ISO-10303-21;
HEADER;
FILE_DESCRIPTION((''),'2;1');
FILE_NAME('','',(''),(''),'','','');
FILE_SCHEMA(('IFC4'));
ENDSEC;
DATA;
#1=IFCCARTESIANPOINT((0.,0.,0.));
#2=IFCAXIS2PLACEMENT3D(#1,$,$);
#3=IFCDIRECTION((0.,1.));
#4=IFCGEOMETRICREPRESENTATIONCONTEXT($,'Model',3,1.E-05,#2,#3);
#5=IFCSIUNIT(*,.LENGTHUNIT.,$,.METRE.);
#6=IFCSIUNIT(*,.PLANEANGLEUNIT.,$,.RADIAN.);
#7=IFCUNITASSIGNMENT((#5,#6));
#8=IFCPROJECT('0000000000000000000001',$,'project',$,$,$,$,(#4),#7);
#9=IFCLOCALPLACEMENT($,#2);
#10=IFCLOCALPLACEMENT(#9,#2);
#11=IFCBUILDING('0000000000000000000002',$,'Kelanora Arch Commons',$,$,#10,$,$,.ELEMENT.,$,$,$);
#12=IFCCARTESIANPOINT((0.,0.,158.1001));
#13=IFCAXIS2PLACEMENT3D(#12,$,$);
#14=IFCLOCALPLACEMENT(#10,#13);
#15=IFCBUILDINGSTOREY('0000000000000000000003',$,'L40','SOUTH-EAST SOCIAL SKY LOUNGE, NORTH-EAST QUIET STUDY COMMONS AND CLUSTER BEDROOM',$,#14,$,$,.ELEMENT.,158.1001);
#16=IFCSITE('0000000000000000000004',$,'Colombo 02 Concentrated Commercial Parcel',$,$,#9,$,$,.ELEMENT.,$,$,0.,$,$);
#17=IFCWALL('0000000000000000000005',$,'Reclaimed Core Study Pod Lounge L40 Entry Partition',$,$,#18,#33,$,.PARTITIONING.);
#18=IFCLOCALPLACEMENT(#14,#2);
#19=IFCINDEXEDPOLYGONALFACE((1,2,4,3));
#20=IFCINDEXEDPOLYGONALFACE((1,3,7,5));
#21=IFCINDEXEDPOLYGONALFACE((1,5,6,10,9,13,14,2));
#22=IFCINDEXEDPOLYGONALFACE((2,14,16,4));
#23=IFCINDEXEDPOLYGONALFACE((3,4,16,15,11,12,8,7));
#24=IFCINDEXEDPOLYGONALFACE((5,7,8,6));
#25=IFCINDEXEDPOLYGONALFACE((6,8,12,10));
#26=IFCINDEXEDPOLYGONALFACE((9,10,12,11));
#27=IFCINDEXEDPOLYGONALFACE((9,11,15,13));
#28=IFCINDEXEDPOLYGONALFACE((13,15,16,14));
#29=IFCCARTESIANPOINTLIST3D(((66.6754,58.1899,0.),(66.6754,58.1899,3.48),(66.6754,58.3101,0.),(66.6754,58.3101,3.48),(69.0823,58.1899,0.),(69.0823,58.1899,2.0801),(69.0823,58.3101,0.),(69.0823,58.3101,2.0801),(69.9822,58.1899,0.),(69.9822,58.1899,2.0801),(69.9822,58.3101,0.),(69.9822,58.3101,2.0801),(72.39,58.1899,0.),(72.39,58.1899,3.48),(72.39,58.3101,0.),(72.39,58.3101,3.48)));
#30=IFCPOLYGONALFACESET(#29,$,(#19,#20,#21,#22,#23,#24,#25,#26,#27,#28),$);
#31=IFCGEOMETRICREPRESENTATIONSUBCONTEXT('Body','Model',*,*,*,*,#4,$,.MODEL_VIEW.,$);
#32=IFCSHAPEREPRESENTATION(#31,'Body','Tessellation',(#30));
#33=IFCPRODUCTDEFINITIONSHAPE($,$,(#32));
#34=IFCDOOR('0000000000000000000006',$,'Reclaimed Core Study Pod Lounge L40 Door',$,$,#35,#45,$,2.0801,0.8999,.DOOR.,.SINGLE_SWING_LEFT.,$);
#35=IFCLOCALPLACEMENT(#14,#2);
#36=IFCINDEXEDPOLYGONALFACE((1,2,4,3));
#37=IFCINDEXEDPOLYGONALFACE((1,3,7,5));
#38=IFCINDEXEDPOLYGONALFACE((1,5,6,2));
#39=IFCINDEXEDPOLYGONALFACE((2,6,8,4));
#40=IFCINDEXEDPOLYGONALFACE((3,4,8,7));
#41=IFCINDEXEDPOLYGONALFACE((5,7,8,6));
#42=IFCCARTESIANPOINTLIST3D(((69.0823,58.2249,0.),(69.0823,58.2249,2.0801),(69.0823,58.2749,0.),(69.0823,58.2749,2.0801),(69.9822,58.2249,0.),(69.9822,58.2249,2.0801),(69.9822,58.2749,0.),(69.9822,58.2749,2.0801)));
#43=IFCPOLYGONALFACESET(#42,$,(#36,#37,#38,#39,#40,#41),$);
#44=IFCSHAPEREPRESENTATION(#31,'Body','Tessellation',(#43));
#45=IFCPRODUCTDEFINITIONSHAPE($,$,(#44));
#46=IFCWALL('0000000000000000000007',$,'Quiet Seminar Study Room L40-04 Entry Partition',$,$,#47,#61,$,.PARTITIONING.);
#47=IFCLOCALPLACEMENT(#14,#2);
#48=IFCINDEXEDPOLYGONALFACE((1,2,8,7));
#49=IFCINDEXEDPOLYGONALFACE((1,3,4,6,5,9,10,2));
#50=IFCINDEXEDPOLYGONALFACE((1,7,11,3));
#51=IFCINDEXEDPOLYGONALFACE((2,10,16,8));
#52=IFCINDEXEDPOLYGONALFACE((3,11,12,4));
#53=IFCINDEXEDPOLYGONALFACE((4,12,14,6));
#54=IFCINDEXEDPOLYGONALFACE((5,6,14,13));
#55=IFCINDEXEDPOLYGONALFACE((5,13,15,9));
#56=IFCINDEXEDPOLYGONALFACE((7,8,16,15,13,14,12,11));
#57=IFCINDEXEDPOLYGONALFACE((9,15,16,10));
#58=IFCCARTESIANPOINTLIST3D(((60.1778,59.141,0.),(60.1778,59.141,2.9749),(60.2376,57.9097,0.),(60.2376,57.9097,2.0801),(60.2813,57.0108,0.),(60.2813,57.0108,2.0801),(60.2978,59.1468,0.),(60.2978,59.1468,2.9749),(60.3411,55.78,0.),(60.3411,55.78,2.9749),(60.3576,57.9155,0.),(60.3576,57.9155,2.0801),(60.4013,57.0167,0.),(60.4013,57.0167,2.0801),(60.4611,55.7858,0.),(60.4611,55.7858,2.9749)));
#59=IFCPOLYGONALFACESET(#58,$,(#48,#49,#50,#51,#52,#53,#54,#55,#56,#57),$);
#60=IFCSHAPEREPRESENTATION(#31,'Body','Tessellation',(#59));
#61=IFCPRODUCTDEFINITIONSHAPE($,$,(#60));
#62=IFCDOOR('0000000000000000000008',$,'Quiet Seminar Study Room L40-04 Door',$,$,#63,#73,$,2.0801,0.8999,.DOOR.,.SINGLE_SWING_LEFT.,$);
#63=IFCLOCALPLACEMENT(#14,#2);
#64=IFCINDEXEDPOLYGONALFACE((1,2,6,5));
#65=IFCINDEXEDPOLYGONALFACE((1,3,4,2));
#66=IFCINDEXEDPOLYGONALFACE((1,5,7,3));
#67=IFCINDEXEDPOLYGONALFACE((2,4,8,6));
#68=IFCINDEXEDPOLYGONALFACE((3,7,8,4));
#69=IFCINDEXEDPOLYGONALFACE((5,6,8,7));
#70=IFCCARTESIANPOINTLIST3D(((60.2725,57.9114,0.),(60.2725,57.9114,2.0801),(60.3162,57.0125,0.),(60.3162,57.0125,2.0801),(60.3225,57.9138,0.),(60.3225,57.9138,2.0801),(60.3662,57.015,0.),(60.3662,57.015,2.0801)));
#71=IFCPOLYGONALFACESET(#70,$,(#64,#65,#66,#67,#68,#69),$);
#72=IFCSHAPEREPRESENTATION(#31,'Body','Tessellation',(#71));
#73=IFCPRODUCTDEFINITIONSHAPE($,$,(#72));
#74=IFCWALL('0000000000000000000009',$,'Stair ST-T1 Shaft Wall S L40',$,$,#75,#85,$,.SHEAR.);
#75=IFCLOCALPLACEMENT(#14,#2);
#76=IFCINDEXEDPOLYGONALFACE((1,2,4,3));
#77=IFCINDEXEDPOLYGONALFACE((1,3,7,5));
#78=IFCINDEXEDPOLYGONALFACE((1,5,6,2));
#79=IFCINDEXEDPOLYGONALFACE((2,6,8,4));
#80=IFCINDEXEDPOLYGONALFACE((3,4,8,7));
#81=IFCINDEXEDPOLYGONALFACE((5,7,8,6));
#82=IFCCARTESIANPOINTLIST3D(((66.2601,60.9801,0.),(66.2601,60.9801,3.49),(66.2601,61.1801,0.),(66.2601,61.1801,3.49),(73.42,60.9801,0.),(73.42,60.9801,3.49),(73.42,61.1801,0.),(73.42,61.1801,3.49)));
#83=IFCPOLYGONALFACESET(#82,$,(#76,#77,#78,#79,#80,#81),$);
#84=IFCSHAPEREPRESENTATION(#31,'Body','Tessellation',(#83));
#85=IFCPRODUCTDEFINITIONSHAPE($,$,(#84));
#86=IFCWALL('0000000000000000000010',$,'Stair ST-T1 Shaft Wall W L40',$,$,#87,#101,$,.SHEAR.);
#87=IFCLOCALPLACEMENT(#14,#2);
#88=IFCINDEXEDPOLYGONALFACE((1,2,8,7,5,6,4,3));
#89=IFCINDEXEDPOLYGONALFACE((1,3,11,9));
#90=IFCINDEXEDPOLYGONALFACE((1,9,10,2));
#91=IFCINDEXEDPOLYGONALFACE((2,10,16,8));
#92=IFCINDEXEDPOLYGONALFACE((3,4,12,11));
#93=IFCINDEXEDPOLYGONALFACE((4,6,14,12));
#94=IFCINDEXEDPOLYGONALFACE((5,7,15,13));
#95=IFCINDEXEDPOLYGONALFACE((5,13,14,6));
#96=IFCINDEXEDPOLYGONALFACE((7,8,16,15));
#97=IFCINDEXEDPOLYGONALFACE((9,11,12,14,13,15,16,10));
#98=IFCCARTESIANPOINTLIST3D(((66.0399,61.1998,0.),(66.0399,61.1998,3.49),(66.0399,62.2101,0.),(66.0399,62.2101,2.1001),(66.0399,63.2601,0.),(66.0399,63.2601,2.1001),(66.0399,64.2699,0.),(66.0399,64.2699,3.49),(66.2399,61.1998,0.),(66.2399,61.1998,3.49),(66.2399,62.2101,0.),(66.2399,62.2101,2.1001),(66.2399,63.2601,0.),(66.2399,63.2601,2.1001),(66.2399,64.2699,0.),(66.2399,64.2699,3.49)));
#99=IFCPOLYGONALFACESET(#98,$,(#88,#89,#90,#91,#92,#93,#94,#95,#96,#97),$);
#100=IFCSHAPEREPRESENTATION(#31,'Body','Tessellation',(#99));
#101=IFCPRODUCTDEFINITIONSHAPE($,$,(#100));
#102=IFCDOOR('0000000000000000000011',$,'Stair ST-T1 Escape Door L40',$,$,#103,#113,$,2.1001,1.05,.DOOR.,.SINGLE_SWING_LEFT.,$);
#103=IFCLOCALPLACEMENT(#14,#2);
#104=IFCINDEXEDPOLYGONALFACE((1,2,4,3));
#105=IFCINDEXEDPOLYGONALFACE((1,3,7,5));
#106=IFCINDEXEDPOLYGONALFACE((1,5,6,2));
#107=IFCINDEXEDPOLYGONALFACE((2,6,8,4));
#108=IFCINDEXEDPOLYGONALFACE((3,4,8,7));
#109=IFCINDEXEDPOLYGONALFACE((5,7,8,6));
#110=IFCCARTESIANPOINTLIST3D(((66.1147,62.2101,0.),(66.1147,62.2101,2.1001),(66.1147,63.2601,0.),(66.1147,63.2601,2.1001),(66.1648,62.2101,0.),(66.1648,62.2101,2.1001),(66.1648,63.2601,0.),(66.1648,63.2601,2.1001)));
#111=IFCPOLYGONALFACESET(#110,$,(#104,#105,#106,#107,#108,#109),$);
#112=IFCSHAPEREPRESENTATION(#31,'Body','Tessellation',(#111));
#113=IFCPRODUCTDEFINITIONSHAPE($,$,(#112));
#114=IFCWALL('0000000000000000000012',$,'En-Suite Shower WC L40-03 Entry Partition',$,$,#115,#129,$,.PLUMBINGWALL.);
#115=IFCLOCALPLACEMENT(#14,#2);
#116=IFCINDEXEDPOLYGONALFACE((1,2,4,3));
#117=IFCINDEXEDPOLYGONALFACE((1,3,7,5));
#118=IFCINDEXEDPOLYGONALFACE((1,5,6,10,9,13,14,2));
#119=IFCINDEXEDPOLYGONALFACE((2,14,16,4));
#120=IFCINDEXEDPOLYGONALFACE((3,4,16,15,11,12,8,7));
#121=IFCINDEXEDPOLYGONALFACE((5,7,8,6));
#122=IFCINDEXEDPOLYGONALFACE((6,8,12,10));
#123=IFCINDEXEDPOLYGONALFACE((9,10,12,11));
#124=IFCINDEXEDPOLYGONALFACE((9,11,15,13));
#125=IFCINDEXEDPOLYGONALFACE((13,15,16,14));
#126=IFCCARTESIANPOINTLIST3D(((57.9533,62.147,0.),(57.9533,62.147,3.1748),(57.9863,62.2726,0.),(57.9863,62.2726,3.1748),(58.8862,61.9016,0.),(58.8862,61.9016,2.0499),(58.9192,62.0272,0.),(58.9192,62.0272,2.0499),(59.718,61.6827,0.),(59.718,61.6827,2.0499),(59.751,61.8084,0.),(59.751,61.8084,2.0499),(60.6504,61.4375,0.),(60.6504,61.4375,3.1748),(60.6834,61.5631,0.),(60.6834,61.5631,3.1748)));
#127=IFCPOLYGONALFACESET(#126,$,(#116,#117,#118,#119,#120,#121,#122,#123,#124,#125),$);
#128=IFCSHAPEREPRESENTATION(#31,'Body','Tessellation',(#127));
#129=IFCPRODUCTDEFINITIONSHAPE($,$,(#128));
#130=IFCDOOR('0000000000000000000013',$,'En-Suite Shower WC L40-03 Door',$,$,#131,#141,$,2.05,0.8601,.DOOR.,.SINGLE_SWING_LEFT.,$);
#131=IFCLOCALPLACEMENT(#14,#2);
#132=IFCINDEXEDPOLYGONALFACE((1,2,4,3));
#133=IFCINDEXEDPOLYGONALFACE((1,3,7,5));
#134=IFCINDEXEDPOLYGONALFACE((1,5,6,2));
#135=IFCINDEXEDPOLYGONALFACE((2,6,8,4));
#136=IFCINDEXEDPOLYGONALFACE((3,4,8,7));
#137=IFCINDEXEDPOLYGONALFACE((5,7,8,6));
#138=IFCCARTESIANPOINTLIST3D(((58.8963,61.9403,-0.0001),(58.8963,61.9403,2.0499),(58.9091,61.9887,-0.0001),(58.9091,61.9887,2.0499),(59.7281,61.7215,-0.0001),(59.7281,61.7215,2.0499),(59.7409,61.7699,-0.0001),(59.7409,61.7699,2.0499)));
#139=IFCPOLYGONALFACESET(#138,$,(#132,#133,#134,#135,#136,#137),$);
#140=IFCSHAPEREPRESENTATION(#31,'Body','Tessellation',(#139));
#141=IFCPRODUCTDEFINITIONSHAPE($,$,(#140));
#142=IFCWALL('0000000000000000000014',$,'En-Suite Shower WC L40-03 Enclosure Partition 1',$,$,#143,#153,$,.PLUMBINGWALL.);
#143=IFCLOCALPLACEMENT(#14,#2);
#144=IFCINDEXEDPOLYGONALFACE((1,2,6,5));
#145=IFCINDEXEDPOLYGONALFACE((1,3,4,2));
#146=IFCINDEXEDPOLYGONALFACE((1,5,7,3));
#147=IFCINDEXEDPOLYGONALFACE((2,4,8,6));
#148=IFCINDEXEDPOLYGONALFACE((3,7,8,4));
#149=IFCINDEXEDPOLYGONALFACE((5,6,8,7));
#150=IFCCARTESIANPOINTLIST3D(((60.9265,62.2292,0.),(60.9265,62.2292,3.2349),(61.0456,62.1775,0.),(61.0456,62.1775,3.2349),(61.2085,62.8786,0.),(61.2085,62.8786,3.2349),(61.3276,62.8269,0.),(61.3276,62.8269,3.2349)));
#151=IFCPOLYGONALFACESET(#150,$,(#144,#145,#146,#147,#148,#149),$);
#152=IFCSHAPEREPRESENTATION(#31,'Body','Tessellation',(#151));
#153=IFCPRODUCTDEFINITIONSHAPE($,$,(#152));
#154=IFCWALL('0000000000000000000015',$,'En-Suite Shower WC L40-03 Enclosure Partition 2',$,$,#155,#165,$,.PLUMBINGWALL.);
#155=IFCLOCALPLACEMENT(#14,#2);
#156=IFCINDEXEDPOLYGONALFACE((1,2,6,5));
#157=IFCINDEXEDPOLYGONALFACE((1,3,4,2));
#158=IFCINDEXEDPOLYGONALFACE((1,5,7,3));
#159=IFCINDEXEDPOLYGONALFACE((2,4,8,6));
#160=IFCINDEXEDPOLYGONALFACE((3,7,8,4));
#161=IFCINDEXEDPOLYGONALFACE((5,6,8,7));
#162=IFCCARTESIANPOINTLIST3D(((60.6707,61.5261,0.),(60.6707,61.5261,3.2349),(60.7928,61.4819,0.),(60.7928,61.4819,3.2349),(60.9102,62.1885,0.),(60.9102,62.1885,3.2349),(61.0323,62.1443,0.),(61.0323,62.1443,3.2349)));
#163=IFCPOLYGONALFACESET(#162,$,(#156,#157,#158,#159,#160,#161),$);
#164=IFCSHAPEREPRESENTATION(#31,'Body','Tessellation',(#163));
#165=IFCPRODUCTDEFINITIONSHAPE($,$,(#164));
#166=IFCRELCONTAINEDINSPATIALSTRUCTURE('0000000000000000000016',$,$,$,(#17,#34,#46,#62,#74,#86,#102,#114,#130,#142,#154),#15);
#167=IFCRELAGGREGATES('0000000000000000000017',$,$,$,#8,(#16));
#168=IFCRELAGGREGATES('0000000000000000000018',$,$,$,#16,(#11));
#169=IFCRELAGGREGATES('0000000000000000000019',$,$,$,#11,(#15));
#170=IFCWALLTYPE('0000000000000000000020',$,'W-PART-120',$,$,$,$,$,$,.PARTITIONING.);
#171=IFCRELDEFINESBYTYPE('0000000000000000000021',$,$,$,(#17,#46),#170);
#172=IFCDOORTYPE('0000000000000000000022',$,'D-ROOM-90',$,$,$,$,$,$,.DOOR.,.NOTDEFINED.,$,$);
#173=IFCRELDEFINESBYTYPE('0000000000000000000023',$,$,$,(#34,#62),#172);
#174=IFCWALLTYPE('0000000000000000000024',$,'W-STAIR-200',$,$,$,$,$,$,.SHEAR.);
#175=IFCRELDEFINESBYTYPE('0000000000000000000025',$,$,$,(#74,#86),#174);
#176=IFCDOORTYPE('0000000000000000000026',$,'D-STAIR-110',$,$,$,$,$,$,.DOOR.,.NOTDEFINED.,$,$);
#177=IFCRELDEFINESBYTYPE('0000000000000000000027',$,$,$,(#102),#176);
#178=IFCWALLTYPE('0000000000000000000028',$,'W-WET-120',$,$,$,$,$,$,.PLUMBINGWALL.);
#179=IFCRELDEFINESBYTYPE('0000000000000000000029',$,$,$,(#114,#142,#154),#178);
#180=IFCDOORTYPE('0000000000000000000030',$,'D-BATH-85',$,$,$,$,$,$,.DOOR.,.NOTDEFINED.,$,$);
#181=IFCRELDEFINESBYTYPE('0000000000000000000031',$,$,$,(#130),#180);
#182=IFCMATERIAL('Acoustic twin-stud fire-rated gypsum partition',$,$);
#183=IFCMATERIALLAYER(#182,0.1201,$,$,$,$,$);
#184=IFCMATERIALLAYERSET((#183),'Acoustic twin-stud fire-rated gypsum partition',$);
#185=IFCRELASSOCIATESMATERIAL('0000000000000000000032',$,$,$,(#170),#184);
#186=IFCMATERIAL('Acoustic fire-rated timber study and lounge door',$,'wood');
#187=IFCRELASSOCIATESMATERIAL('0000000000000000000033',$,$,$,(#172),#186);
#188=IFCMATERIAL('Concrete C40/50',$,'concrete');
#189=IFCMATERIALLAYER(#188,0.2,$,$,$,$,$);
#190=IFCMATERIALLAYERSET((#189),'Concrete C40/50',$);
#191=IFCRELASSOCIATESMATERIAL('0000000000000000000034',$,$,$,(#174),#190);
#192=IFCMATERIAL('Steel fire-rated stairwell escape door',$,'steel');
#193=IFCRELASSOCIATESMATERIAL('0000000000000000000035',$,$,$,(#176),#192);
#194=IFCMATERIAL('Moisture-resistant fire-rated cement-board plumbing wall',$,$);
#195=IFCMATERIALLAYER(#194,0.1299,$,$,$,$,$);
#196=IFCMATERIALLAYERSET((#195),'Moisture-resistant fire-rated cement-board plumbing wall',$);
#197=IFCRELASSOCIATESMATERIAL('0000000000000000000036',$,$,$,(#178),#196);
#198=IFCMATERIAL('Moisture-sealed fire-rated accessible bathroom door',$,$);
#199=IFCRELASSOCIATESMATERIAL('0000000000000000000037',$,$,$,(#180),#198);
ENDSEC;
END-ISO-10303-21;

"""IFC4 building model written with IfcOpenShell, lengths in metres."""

from ifc_helpers import new_model, si_unit, direction, frame, frame_2d, origin, place, context, subcontext, project, spatial, rectangle, extrude, material, layer, layer_set, type_object, element, fill, save


model = new_model("IFC4")

# Units and contexts
model_context = context("Model", 3, precision=1e-05, world=origin(), true_north=direction((0.0, 1.0)))
body_context = subcontext(model_context, "Body", "Model", "MODEL_VIEW")
ifc_project = project(units=[si_unit("LENGTHUNIT", "METRE"), si_unit("PLANEANGLEUNIT", "RADIAN")], contexts=[model_context])

# Site, building, storey
site_placement = place(None, origin())
site = spatial("IfcSite", under=ifc_project, at=site_placement, Name="Colombo 02 Concentrated Commercial Parcel", CompositionType="ELEMENT", RefElevation=0.0)
building_placement = place(site_placement, origin())
building = spatial("IfcBuilding", under=site, at=building_placement, Name="Kelanora Arch Commons", CompositionType="ELEMENT")
storey_placement = place(building_placement, frame((0.0, 0.0, 158.1001)))
storey = spatial("IfcBuildingStorey", under=building, at=storey_placement, Name="L40", Description="SOUTH-EAST SOCIAL SKY LOUNGE, NORTH-EAST QUIET STUDY COMMONS AND CLUSTER BEDROOM", CompositionType="ELEMENT", Elevation=158.1001)

# Walls, openings, doors
ifc_material_1 = material(Name="Acoustic twin-stud fire-rated gypsum partition")
ifc_layer_1 = layer(ifc_material_1, 0.1201)
ifc_layer_set_1 = layer_set([ifc_layer_1], Name="Acoustic twin-stud fire-rated gypsum partition")
wall_type_1 = type_object("IfcWallType", Name="W-PART-120", PredefinedType="PARTITIONING", material=ifc_layer_set_1)
wall_1_placement = place(storey_placement, frame((66.6753, 58.25, 0.0), z_axis=(0.0, 0.0, 1.0), x_axis=(1.0, 0.0, 0.0)))
wall_1 = element("IfcWall", 1, at=wall_1_placement, inside=storey, type_object=wall_type_1, Name="Reclaimed Core Study Pod Lounge L40 Entry Partition", PredefinedType="PARTITIONING", context=body_context, shape_type="SweptSolid", body=[
    extrude(rectangle(XDim=5.7146, YDim=0.1201, at=frame_2d((2.8574, 0.0))), origin(), (0.0, 0.0, 1.0), 3.48),
])
opening_1_placement = place(wall_1_placement, frame((2.407, 0.0, 0.0)))
opening_1 = element("IfcOpeningElement", 2, at=opening_1_placement, cuts=wall_1, PredefinedType="OPENING", context=body_context, shape_type="SweptSolid", body=[
    extrude(rectangle(XDim=0.8999, YDim=2.0801, at=frame_2d((0.45, 1.04))), frame((0.0, 0.0701, 0.0), z_axis=(0.0, -1.0, 0.0), x_axis=(1.0, 0.0, 0.0)), (0.0, 0.0, 1.0), 0.1401),
])
ifc_material_2 = material(Name="Acoustic fire-rated timber study and lounge door", Category="wood")
door_type_1 = type_object("IfcDoorType", Name="D-ROOM-90", OperationType="NOTDEFINED", PredefinedType="DOOR", material=ifc_material_2)
door_1_placement = place(opening_1_placement, origin())
door_1 = element("IfcDoor", 3, at=door_1_placement, inside=storey, type_object=door_type_1, Name="Reclaimed Core Study Pod Lounge L40 Door", OperationType="SINGLE_SWING_LEFT", OverallHeight=2.0801, OverallWidth=0.8999, PredefinedType="DOOR", context=body_context, shape_type="SweptSolid", body=[
    extrude(rectangle(XDim=0.8999, YDim=2.0801, at=frame_2d((0.45, 1.04))), frame((0.0, 0.0249, 0.0), z_axis=(0.0, -1.0, 0.0), x_axis=(1.0, 0.0, 0.0)), (0.0, 0.0, 1.0), 0.05),
])
fill(opening_1, door_1)
wall_2_placement = place(storey_placement, frame((60.2378, 59.144, 0.0), z_axis=(0.0, 0.0, 1.0), x_axis=(0.048537, -0.998821, 0.0)))
wall_2 = element("IfcWall", 4, at=wall_2_placement, inside=storey, type_object=wall_type_1, Name="Quiet Seminar Study Room L40-04 Entry Partition", PredefinedType="PARTITIONING", context=body_context, shape_type="SweptSolid", body=[
    extrude(rectangle(XDim=3.365, YDim=0.1201, at=frame_2d((1.6826, 0.0))), origin(), (0.0, 0.0, 1.0), 2.9749),
])
opening_2_placement = place(wall_2_placement, frame((1.2329, 0.0, 0.0)))
opening_2 = element("IfcOpeningElement", 5, at=opening_2_placement, cuts=wall_2, PredefinedType="OPENING", context=body_context, shape_type="SweptSolid", body=[
    extrude(rectangle(XDim=0.8999, YDim=2.0801, at=frame_2d((0.45, 1.04))), frame((0.0, 0.0701, 0.0), z_axis=(0.0, -1.0, 0.0), x_axis=(1.0, 0.0, 0.0)), (0.0, 0.0, 1.0), 0.1401),
])
door_2_placement = place(opening_2_placement, origin())
door_2 = element("IfcDoor", 6, at=door_2_placement, inside=storey, type_object=door_type_1, Name="Quiet Seminar Study Room L40-04 Door", OperationType="SINGLE_SWING_LEFT", OverallHeight=2.0801, OverallWidth=0.8999, PredefinedType="DOOR", context=body_context, shape_type="SweptSolid", body=[
    extrude(rectangle(XDim=0.8999, YDim=2.0801, at=frame_2d((0.45, 1.04))), frame((0.0, 0.0249, 0.0), z_axis=(0.0, -1.0, 0.0), x_axis=(1.0, 0.0, 0.0)), (0.0, 0.0, 1.0), 0.05),
])
fill(opening_2, door_2)

# Wall
ifc_material_3 = material(Name="Concrete C40/50", Category="concrete")
ifc_layer_2 = layer(ifc_material_3, 0.2)
ifc_layer_set_2 = layer_set([ifc_layer_2], Name="Concrete C40/50")
wall_type_2 = type_object("IfcWallType", Name="W-STAIR-200", PredefinedType="SHEAR", material=ifc_layer_set_2)
wall_3_placement = place(storey_placement, frame((66.26, 61.0801, 0.0), z_axis=(0.0, 0.0, 1.0), x_axis=(1.0, 0.0, 0.0)))
element("IfcWall", 7, at=wall_3_placement, inside=storey, type_object=wall_type_2, Name="Stair ST-T1 Shaft Wall S L40", PredefinedType="SHEAR", context=body_context, shape_type="SweptSolid", body=[
    extrude(rectangle(XDim=7.1599, YDim=0.2, at=frame_2d((3.5801, 0.0))), origin(), (0.0, 0.0, 1.0), 3.49),
])

# Walls, openings, doors
wall_4_placement = place(storey_placement, frame((66.1399, 64.27, 0.0), z_axis=(0.0, 0.0, 1.0), x_axis=(0.0, -1.0, 0.0)))
wall_4 = element("IfcWall", 8, at=wall_4_placement, inside=storey, type_object=wall_type_2, Name="Stair ST-T1 Shaft Wall W L40", PredefinedType="SHEAR", context=body_context, shape_type="SweptSolid", body=[
    extrude(rectangle(XDim=3.0701, YDim=0.2, at=frame_2d((1.5352, 0.0))), origin(), (0.0, 0.0, 1.0), 3.49),
])
opening_3_placement = place(wall_4_placement, frame((1.01, 0.0, 0.0)))
opening_3 = element("IfcOpeningElement", 9, at=opening_3_placement, cuts=wall_4, PredefinedType="OPENING", context=body_context, shape_type="SweptSolid", body=[
    extrude(rectangle(XDim=1.05, YDim=2.1001, at=frame_2d((0.5249, 1.05))), frame((0.0, 0.1099, 0.0), z_axis=(0.0, -1.0, 0.0), x_axis=(1.0, 0.0, 0.0)), (0.0, 0.0, 1.0), 0.22),
])
ifc_material_4 = material(Name="Steel fire-rated stairwell escape door", Category="steel")
door_type_2 = type_object("IfcDoorType", Name="D-STAIR-110", OperationType="NOTDEFINED", PredefinedType="DOOR", material=ifc_material_4)
door_3_placement = place(opening_3_placement, origin())
door_3 = element("IfcDoor", 10, at=door_3_placement, inside=storey, type_object=door_type_2, Name="Stair ST-T1 Escape Door L40", OperationType="SINGLE_SWING_LEFT", OverallHeight=2.1001, OverallWidth=1.05, PredefinedType="DOOR", context=body_context, shape_type="SweptSolid", body=[
    extrude(rectangle(XDim=1.05, YDim=2.1001, at=frame_2d((0.5249, 1.05))), frame((0.0, 0.0249, 0.0), z_axis=(0.0, -1.0, 0.0), x_axis=(1.0, 0.0, 0.0)), (0.0, 0.0, 1.0), 0.05),
])
fill(opening_3, door_3)
ifc_material_5 = material(Name="Moisture-resistant fire-rated cement-board plumbing wall")
ifc_layer_3 = layer(ifc_material_5, 0.1299)
ifc_layer_set_3 = layer_set([ifc_layer_3], Name="Moisture-resistant fire-rated cement-board plumbing wall")
wall_type_3 = type_object("IfcWallType", Name="W-WET-120", PredefinedType="PLUMBINGWALL", material=ifc_layer_set_3)
wall_5_placement = place(storey_placement, frame((60.667, 61.5002, 0.0), z_axis=(0.0, 0.0, 1.0), x_axis=(-0.967098, 0.254403, 0.0)))
wall_5 = element("IfcWall", 11, at=wall_5_placement, inside=storey, type_object=wall_type_3, Name="En-Suite Shower WC L40-03 Entry Partition", PredefinedType="PLUMBINGWALL", context=body_context, shape_type="SweptSolid", body=[
    extrude(rectangle(XDim=2.7888, YDim=0.1299, at=frame_2d((1.3945, 0.0))), origin(), (0.0, 0.0, 1.0), 3.1748),
])
opening_4_placement = place(wall_5_placement, frame((0.9641, 0.0, 0.0)))
opening_4 = element("IfcOpeningElement", 12, at=opening_4_placement, cuts=wall_5, PredefinedType="OPENING", context=body_context, shape_type="SweptSolid", body=[
    extrude(rectangle(XDim=0.8601, YDim=2.05, at=frame_2d((0.4302, 1.0249))), frame((0.0, 0.075, 0.0), z_axis=(0.0, -1.0, 0.0), x_axis=(1.0, 0.0, 0.0)), (0.0, 0.0, 1.0), 0.1499),
])
ifc_material_6 = material(Name="Moisture-sealed fire-rated accessible bathroom door")
door_type_3 = type_object("IfcDoorType", Name="D-BATH-85", OperationType="NOTDEFINED", PredefinedType="DOOR", material=ifc_material_6)
door_4_placement = place(opening_4_placement, origin())
door_4 = element("IfcDoor", 13, at=door_4_placement, inside=storey, type_object=door_type_3, Name="En-Suite Shower WC L40-03 Door", OperationType="SINGLE_SWING_LEFT", OverallHeight=2.05, OverallWidth=0.8601, PredefinedType="DOOR", context=body_context, shape_type="SweptSolid", body=[
    extrude(rectangle(XDim=0.8601, YDim=2.05, at=frame_2d((0.4302, 1.0249))), frame((0.0, 0.0249, 0.0), z_axis=(0.0, -1.0, 0.0), x_axis=(1.0, 0.0, 0.0)), (0.0, 0.0, 1.0), 0.05),
])
fill(opening_4, door_4)

# Walls
wall_6_placement = place(storey_placement, frame((61.2681, 62.8528, 0.0), z_axis=(0.0, 0.0, 1.0), x_axis=(-0.398285, -0.917262, 0.0)))
element("IfcWall", 14, at=wall_6_placement, inside=storey, type_object=wall_type_3, Name="En-Suite Shower WC L40-03 Enclosure Partition 1", PredefinedType="PLUMBINGWALL", context=body_context, shape_type="SweptSolid", body=[
    extrude(rectangle(XDim=0.708, YDim=0.1299, at=frame_2d((0.354, 0.0))), origin(), (0.0, 0.0, 1.0), 3.2349),
])
wall_7_placement = place(storey_placement, frame((60.9712, 62.1663, 0.0), z_axis=(0.0, 0.0, 1.0), x_axis=(-0.340045, -0.940409, 0.0)))
element("IfcWall", 15, at=wall_7_placement, inside=storey, type_object=wall_type_3, Name="En-Suite Shower WC L40-03 Enclosure Partition 2", PredefinedType="PLUMBINGWALL", context=body_context, shape_type="SweptSolid", body=[
    extrude(rectangle(XDim=0.7043, YDim=0.1299, at=frame_2d((0.3521, 0.0))), origin(), (0.0, 0.0, 1.0), 3.2349),
])

save(model, "model.ifc")
